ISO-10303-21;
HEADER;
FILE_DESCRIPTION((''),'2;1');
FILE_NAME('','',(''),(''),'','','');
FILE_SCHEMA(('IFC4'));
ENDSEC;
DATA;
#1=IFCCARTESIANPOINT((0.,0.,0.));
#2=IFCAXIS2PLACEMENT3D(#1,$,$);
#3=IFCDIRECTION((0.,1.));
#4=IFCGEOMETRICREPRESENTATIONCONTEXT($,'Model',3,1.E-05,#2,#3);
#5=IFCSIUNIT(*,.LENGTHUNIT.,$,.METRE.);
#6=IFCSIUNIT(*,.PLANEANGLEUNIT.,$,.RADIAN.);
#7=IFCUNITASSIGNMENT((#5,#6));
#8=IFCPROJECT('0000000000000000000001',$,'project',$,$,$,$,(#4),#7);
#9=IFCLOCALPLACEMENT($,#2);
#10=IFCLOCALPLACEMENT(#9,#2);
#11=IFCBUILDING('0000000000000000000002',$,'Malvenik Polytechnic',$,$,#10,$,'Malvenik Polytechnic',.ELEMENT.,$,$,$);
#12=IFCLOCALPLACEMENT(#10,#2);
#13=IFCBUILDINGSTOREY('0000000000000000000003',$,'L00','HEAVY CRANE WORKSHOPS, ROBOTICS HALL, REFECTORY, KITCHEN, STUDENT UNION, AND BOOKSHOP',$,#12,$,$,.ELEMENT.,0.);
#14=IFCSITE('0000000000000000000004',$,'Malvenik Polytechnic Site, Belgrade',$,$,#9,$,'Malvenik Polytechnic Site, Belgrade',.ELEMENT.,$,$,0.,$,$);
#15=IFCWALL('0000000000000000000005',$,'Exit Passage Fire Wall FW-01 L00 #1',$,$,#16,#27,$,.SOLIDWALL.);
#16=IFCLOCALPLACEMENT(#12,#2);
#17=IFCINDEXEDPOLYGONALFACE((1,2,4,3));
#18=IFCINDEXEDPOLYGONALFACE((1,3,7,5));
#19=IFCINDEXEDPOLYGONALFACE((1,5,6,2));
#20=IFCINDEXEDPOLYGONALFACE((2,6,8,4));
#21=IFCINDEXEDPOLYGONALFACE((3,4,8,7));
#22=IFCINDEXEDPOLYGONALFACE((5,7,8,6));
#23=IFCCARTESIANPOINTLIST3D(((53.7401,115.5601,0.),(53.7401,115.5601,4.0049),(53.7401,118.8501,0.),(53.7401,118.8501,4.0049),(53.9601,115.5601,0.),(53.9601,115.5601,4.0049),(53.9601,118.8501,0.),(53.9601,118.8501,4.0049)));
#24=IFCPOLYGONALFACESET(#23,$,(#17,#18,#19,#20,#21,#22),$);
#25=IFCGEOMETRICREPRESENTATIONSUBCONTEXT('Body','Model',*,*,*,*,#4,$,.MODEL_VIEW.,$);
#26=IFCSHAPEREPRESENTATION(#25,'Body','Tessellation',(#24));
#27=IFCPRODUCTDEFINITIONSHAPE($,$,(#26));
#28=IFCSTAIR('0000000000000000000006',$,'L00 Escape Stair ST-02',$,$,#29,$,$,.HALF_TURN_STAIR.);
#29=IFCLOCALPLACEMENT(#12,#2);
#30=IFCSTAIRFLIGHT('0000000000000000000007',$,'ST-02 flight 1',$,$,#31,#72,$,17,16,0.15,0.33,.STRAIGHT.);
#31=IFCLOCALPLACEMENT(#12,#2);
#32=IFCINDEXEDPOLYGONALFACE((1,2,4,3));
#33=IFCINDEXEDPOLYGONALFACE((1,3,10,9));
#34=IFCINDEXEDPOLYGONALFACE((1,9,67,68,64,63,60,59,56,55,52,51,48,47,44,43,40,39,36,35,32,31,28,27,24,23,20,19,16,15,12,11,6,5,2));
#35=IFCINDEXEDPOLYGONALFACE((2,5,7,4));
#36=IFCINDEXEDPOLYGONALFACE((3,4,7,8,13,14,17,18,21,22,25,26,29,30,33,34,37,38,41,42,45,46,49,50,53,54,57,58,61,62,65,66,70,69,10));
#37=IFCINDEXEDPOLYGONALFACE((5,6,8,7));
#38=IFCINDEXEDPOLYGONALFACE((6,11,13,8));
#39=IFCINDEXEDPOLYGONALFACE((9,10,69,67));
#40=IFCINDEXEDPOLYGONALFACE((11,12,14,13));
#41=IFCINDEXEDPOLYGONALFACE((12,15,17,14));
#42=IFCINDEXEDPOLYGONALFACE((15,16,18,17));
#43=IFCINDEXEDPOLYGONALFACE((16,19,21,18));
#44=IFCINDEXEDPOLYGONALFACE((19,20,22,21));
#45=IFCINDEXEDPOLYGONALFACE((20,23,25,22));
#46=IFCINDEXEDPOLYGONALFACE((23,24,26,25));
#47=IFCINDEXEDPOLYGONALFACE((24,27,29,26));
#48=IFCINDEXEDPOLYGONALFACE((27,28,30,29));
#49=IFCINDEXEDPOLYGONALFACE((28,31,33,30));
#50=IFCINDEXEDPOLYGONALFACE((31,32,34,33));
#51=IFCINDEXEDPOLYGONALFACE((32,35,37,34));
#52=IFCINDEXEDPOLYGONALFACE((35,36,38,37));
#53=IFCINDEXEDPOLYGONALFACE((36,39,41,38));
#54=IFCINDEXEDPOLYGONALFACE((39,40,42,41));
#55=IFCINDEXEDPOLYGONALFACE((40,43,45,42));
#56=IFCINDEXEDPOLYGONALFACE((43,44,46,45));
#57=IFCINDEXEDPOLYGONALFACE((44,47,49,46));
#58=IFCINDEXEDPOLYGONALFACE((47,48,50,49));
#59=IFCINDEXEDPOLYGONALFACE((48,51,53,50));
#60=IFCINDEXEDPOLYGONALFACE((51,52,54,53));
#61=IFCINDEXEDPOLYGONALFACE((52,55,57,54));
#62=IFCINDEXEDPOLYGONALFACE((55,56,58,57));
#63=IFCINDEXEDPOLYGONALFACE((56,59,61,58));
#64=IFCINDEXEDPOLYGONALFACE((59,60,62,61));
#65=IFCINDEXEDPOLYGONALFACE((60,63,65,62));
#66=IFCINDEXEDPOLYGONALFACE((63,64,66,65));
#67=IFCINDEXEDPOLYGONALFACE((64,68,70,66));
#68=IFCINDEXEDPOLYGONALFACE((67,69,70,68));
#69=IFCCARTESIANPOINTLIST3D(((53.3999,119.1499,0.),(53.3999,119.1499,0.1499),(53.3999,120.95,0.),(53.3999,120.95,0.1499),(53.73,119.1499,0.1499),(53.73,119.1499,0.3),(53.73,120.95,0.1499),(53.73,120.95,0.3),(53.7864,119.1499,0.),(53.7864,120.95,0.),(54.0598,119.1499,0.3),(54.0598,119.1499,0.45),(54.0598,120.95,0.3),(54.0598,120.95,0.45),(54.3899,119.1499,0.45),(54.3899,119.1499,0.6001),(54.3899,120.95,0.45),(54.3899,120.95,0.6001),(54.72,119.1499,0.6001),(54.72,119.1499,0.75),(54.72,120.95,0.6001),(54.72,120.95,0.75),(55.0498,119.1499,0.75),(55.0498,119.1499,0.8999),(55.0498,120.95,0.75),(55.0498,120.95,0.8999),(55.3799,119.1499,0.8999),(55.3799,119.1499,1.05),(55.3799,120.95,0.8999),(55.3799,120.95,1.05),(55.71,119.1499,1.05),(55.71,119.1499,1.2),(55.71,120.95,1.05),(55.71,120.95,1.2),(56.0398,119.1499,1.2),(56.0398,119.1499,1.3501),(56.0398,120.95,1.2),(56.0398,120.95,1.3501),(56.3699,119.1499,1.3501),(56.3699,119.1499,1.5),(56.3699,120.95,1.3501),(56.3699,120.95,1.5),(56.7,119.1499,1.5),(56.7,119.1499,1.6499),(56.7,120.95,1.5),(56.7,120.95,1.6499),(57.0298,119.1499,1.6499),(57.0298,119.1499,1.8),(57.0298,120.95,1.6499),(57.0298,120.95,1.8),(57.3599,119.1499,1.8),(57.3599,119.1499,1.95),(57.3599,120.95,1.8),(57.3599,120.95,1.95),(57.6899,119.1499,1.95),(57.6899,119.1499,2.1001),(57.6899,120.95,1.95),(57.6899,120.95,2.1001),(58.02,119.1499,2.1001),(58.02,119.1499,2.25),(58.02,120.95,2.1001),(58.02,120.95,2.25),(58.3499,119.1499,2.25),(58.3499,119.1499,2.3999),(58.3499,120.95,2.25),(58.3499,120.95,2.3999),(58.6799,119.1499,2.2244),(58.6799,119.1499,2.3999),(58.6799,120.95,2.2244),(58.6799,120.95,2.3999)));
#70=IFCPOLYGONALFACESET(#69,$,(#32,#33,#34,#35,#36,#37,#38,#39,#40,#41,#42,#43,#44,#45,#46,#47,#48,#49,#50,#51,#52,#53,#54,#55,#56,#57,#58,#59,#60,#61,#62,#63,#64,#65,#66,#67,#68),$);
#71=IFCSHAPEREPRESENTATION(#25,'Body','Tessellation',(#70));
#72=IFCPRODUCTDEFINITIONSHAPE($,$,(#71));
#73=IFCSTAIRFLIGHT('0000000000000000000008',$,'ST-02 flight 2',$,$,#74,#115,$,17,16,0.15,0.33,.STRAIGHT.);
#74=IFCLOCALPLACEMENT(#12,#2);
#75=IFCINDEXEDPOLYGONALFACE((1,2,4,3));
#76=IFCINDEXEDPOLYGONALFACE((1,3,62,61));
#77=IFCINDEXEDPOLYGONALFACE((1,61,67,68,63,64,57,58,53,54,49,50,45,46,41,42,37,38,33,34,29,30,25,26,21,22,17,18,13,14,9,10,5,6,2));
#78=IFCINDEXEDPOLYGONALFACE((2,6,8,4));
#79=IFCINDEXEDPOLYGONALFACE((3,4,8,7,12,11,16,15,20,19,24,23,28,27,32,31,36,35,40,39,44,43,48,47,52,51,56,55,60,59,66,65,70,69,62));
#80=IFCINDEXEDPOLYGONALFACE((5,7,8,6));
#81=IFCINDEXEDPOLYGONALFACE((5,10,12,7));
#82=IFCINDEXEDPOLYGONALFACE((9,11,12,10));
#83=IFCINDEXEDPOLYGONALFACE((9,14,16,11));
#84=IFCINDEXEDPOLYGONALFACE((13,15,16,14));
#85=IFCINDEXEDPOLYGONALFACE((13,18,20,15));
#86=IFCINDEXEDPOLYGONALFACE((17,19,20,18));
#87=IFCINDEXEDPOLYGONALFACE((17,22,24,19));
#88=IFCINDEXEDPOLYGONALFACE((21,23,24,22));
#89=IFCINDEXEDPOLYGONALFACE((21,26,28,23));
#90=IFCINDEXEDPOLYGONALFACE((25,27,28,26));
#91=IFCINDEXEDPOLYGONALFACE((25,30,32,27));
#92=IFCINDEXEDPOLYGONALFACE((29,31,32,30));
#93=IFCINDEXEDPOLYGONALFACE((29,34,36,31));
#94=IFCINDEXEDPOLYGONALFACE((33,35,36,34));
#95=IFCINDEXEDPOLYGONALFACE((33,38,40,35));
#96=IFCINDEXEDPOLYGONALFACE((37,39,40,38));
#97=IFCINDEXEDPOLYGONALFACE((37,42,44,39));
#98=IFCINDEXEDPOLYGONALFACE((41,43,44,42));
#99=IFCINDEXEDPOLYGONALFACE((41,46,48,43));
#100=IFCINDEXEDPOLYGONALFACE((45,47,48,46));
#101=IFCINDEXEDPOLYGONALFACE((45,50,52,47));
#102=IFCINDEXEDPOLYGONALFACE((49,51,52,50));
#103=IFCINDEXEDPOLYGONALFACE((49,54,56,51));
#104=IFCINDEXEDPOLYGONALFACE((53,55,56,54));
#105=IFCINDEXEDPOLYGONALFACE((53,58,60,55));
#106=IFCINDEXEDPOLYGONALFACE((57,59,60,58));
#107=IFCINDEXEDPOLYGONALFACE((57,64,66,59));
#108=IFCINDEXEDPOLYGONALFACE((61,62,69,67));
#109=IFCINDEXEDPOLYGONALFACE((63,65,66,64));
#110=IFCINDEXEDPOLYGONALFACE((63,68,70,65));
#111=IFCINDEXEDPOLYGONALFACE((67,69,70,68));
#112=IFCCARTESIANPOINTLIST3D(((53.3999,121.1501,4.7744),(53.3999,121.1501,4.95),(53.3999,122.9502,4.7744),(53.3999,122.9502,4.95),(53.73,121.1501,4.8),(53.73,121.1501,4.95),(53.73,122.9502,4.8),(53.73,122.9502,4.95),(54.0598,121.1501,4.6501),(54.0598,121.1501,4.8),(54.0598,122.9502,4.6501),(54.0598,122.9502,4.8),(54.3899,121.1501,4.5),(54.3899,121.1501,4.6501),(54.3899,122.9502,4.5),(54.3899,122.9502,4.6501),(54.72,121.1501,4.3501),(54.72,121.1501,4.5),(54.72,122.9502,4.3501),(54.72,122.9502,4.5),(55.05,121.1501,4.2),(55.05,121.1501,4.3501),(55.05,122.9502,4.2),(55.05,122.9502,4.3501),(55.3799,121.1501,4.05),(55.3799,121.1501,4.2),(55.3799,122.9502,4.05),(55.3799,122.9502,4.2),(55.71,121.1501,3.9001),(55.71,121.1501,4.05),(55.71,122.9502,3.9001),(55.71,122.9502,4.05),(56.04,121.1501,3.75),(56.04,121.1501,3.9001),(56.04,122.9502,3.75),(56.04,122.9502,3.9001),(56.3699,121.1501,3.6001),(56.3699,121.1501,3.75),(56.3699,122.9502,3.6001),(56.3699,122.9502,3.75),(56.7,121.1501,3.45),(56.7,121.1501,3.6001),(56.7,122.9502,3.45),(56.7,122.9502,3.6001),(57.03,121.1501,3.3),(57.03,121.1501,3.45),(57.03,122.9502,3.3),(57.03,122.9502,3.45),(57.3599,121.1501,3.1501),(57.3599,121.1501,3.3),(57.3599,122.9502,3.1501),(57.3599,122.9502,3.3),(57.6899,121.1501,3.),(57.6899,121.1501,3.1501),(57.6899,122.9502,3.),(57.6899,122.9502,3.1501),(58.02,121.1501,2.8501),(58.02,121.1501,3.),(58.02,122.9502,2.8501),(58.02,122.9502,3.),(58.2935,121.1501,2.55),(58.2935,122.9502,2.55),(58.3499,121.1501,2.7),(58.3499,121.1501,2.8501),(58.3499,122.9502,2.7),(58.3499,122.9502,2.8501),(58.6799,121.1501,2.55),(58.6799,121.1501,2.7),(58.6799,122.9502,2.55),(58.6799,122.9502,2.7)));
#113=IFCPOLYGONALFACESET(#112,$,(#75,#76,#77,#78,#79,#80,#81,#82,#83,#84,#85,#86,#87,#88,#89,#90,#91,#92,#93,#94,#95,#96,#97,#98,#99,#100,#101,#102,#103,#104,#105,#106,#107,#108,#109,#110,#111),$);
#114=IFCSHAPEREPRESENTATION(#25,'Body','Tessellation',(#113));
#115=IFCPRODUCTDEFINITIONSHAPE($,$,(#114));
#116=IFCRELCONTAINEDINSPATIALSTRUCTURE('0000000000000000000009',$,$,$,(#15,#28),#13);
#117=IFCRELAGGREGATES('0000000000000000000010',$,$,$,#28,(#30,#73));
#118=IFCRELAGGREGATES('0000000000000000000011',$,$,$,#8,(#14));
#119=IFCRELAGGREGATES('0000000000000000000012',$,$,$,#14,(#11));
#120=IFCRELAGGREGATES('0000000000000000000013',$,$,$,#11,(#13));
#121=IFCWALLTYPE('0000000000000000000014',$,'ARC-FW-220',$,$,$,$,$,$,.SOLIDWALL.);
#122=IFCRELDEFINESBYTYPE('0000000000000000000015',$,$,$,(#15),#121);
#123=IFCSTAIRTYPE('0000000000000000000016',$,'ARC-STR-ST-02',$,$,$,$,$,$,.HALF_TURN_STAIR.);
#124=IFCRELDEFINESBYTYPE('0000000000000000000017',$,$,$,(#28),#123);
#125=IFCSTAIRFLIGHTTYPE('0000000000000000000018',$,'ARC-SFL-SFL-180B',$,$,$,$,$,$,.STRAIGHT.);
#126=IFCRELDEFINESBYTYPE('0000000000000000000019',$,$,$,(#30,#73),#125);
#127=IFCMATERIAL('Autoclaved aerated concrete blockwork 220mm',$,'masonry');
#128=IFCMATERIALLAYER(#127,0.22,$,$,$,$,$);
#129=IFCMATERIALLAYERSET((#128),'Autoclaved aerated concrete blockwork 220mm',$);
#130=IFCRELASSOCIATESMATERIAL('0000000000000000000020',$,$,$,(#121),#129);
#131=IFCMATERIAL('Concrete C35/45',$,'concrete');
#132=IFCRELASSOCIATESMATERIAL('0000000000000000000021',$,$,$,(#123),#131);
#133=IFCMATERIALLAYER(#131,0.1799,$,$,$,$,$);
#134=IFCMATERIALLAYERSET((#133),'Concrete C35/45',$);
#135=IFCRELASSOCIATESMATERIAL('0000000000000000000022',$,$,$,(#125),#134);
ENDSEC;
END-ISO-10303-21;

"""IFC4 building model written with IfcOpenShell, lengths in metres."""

from ifc_helpers import new_model, si_unit, direction, frame, frame_2d, origin, place, context, subcontext, project, spatial, polyline, rectangle, outline, extrude, material, layer, layer_set, type_object, element, aggregate, save


model = new_model("IFC4")

# Units and contexts
model_context = context("Model", 3, precision=1e-05, world=origin(), true_north=direction((0.0, 1.0)))
body_context = subcontext(model_context, "Body", "Model", "MODEL_VIEW")
ifc_project = project(units=[si_unit("LENGTHUNIT", "METRE"), si_unit("PLANEANGLEUNIT", "RADIAN")], contexts=[model_context])

# Site, building, storey
site_placement = place(None, origin())
site = spatial("IfcSite", under=ifc_project, at=site_placement, Name="Malvenik Polytechnic Site, Belgrade", LongName="Malvenik Polytechnic Site, Belgrade", CompositionType="ELEMENT", RefElevation=0.0)
building_placement = place(site_placement, origin())
building = spatial("IfcBuilding", under=site, at=building_placement, Name="Malvenik Polytechnic", LongName="Malvenik Polytechnic", CompositionType="ELEMENT")
storey_placement = place(building_placement, origin())
storey = spatial("IfcBuildingStorey", under=building, at=storey_placement, Name="L00", Description="HEAVY CRANE WORKSHOPS, ROBOTICS HALL, REFECTORY, KITCHEN, STUDENT UNION, AND BOOKSHOP", CompositionType="ELEMENT", Elevation=0.0)

# Shared definitions
ifc_material_1 = material(Name="Concrete C35/45", Category="concrete")

# Wall
ifc_material_2 = material(Name="Autoclaved aerated concrete blockwork 220mm", Category="masonry")
ifc_layer_1 = layer(ifc_material_2, 0.22)
ifc_layer_set_1 = layer_set([ifc_layer_1], Name="Autoclaved aerated concrete blockwork 220mm")
wall_type_1 = type_object("IfcWallType", Name="ARC-FW-220", PredefinedType="SOLIDWALL", material=ifc_layer_set_1)
wall_1_placement = place(storey_placement, frame((53.8501, 115.5601, 0.0), z_axis=(0.0, 0.0, 1.0), x_axis=(0.0, 1.0, 0.0)))
element("IfcWall", 1, at=wall_1_placement, inside=storey, type_object=wall_type_1, Name="Exit Passage Fire Wall FW-01 L00 #1", PredefinedType="SOLIDWALL", context=body_context, shape_type="SweptSolid", body=[
    extrude(rectangle(XDim=3.29, YDim=0.22, at=frame_2d((1.645, 0.0))), origin(), (0.0, 0.0, 1.0), 4.0049),
])

# Stair, stair flights
stair_type = type_object("IfcStairType", Name="ARC-STR-ST-02", PredefinedType="HALF_TURN_STAIR", material=ifc_material_1)
stair_placement = place(storey_placement, origin())
stair = element("IfcStair", 2, at=stair_placement, inside=storey, type_object=stair_type, Name="L00 Escape Stair ST-02", PredefinedType="HALF_TURN_STAIR")
ifc_layer_2 = layer(ifc_material_1, 0.1799)
ifc_layer_set_2 = layer_set([ifc_layer_2], Name="Concrete C35/45")
stair_flight_type = type_object("IfcStairFlightType", Name="ARC-SFL-SFL-180B", PredefinedType="STRAIGHT", material=ifc_layer_set_2)
stair_flight_1_placement = place(storey_placement, frame((53.3999, 120.05, 0.0), z_axis=(0.0, 0.0, 1.0), x_axis=(1.0, 0.0, 0.0)))
stair_flight_1 = element("IfcStairFlight", 3, at=stair_flight_1_placement, type_object=stair_flight_type, Name="ST-02 flight 1", NumberOfRisers=17, NumberOfTreads=16, PredefinedType="STRAIGHT", RiserHeight=0.15, TreadLength=0.33, context=body_context, shape_type="SweptSolid", body=[
    extrude(outline(polyline([(0.0, 0.0), (0.0, 0.1499), (0.3301, 0.1499), (0.3301, 0.3), (0.6599, 0.3), (0.6599, 0.45), (0.99, 0.45), (0.99, 0.6001), (1.3201, 0.6001), (1.3201, 0.75), (1.6499, 0.75), (1.6499, 0.8999), (1.98, 0.8999), (1.98, 1.05), (2.3101, 1.05), (2.3101, 1.2), (2.6399, 1.2), (2.6399, 1.3501), (2.97, 1.3501), (2.97, 1.5), (3.3, 1.5), (3.3, 1.6499), (3.6299, 1.6499), (3.6299, 1.8), (3.96, 1.8), (3.96, 1.95), (4.29, 1.95), (4.29, 2.1001), (4.6201, 2.1001), (4.6201, 2.25), (4.95, 2.25), (4.95, 2.3999), (5.28, 2.3999), (5.28, 2.55), (5.28, 2.2244), (0.3865, 0.0), (0.0, 0.0)])), frame((0.0, 0.8999, 0.0), z_axis=(0.0, -1.0, 0.0), x_axis=(1.0, 0.0, 0.0)), (0.0, 0.0, 1.0), 1.8),
])
stair_flight_2_placement = place(storey_placement, frame((58.6799, 122.05, 2.55), z_axis=(0.0, 0.0, 1.0), x_axis=(-1.0, 0.0, 0.0)))
stair_flight_2 = element("IfcStairFlight", 4, at=stair_flight_2_placement, type_object=stair_flight_type, Name="ST-02 flight 2", NumberOfRisers=17, NumberOfTreads=16, PredefinedType="STRAIGHT", RiserHeight=0.15, TreadLength=0.33, context=body_context, shape_type="SweptSolid", body=[
    extrude(outline(polyline([(0.0, 0.0), (0.0, 0.1499), (0.3301, 0.1499), (0.3301, 0.3), (0.6599, 0.3), (0.6599, 0.45), (0.99, 0.45), (0.99, 0.6001), (1.3201, 0.6001), (1.3201, 0.75), (1.6499, 0.75), (1.6499, 0.8999), (1.98, 0.8999), (1.98, 1.05), (2.3101, 1.05), (2.3101, 1.2), (2.6399, 1.2), (2.6399, 1.3501), (2.97, 1.3501), (2.97, 1.5), (3.3, 1.5), (3.3, 1.6499), (3.6299, 1.6499), (3.6299, 1.8), (3.96, 1.8), (3.96, 1.95), (4.29, 1.95), (4.29, 2.1001), (4.6201, 2.1001), (4.6201, 2.25), (4.95, 2.25), (4.95, 2.3999), (5.28, 2.3999), (5.28, 2.55), (5.28, 2.2244), (0.3865, 0.0), (0.0, 0.0)])), frame((0.0, 0.8999, 0.0), z_axis=(0.0, -1.0, 0.0), x_axis=(1.0, 0.0, 0.0)), (0.0, 0.0, 1.0), 1.8),
])
aggregate(stair, [stair_flight_1, stair_flight_2])

save(model, "model.ifc")
